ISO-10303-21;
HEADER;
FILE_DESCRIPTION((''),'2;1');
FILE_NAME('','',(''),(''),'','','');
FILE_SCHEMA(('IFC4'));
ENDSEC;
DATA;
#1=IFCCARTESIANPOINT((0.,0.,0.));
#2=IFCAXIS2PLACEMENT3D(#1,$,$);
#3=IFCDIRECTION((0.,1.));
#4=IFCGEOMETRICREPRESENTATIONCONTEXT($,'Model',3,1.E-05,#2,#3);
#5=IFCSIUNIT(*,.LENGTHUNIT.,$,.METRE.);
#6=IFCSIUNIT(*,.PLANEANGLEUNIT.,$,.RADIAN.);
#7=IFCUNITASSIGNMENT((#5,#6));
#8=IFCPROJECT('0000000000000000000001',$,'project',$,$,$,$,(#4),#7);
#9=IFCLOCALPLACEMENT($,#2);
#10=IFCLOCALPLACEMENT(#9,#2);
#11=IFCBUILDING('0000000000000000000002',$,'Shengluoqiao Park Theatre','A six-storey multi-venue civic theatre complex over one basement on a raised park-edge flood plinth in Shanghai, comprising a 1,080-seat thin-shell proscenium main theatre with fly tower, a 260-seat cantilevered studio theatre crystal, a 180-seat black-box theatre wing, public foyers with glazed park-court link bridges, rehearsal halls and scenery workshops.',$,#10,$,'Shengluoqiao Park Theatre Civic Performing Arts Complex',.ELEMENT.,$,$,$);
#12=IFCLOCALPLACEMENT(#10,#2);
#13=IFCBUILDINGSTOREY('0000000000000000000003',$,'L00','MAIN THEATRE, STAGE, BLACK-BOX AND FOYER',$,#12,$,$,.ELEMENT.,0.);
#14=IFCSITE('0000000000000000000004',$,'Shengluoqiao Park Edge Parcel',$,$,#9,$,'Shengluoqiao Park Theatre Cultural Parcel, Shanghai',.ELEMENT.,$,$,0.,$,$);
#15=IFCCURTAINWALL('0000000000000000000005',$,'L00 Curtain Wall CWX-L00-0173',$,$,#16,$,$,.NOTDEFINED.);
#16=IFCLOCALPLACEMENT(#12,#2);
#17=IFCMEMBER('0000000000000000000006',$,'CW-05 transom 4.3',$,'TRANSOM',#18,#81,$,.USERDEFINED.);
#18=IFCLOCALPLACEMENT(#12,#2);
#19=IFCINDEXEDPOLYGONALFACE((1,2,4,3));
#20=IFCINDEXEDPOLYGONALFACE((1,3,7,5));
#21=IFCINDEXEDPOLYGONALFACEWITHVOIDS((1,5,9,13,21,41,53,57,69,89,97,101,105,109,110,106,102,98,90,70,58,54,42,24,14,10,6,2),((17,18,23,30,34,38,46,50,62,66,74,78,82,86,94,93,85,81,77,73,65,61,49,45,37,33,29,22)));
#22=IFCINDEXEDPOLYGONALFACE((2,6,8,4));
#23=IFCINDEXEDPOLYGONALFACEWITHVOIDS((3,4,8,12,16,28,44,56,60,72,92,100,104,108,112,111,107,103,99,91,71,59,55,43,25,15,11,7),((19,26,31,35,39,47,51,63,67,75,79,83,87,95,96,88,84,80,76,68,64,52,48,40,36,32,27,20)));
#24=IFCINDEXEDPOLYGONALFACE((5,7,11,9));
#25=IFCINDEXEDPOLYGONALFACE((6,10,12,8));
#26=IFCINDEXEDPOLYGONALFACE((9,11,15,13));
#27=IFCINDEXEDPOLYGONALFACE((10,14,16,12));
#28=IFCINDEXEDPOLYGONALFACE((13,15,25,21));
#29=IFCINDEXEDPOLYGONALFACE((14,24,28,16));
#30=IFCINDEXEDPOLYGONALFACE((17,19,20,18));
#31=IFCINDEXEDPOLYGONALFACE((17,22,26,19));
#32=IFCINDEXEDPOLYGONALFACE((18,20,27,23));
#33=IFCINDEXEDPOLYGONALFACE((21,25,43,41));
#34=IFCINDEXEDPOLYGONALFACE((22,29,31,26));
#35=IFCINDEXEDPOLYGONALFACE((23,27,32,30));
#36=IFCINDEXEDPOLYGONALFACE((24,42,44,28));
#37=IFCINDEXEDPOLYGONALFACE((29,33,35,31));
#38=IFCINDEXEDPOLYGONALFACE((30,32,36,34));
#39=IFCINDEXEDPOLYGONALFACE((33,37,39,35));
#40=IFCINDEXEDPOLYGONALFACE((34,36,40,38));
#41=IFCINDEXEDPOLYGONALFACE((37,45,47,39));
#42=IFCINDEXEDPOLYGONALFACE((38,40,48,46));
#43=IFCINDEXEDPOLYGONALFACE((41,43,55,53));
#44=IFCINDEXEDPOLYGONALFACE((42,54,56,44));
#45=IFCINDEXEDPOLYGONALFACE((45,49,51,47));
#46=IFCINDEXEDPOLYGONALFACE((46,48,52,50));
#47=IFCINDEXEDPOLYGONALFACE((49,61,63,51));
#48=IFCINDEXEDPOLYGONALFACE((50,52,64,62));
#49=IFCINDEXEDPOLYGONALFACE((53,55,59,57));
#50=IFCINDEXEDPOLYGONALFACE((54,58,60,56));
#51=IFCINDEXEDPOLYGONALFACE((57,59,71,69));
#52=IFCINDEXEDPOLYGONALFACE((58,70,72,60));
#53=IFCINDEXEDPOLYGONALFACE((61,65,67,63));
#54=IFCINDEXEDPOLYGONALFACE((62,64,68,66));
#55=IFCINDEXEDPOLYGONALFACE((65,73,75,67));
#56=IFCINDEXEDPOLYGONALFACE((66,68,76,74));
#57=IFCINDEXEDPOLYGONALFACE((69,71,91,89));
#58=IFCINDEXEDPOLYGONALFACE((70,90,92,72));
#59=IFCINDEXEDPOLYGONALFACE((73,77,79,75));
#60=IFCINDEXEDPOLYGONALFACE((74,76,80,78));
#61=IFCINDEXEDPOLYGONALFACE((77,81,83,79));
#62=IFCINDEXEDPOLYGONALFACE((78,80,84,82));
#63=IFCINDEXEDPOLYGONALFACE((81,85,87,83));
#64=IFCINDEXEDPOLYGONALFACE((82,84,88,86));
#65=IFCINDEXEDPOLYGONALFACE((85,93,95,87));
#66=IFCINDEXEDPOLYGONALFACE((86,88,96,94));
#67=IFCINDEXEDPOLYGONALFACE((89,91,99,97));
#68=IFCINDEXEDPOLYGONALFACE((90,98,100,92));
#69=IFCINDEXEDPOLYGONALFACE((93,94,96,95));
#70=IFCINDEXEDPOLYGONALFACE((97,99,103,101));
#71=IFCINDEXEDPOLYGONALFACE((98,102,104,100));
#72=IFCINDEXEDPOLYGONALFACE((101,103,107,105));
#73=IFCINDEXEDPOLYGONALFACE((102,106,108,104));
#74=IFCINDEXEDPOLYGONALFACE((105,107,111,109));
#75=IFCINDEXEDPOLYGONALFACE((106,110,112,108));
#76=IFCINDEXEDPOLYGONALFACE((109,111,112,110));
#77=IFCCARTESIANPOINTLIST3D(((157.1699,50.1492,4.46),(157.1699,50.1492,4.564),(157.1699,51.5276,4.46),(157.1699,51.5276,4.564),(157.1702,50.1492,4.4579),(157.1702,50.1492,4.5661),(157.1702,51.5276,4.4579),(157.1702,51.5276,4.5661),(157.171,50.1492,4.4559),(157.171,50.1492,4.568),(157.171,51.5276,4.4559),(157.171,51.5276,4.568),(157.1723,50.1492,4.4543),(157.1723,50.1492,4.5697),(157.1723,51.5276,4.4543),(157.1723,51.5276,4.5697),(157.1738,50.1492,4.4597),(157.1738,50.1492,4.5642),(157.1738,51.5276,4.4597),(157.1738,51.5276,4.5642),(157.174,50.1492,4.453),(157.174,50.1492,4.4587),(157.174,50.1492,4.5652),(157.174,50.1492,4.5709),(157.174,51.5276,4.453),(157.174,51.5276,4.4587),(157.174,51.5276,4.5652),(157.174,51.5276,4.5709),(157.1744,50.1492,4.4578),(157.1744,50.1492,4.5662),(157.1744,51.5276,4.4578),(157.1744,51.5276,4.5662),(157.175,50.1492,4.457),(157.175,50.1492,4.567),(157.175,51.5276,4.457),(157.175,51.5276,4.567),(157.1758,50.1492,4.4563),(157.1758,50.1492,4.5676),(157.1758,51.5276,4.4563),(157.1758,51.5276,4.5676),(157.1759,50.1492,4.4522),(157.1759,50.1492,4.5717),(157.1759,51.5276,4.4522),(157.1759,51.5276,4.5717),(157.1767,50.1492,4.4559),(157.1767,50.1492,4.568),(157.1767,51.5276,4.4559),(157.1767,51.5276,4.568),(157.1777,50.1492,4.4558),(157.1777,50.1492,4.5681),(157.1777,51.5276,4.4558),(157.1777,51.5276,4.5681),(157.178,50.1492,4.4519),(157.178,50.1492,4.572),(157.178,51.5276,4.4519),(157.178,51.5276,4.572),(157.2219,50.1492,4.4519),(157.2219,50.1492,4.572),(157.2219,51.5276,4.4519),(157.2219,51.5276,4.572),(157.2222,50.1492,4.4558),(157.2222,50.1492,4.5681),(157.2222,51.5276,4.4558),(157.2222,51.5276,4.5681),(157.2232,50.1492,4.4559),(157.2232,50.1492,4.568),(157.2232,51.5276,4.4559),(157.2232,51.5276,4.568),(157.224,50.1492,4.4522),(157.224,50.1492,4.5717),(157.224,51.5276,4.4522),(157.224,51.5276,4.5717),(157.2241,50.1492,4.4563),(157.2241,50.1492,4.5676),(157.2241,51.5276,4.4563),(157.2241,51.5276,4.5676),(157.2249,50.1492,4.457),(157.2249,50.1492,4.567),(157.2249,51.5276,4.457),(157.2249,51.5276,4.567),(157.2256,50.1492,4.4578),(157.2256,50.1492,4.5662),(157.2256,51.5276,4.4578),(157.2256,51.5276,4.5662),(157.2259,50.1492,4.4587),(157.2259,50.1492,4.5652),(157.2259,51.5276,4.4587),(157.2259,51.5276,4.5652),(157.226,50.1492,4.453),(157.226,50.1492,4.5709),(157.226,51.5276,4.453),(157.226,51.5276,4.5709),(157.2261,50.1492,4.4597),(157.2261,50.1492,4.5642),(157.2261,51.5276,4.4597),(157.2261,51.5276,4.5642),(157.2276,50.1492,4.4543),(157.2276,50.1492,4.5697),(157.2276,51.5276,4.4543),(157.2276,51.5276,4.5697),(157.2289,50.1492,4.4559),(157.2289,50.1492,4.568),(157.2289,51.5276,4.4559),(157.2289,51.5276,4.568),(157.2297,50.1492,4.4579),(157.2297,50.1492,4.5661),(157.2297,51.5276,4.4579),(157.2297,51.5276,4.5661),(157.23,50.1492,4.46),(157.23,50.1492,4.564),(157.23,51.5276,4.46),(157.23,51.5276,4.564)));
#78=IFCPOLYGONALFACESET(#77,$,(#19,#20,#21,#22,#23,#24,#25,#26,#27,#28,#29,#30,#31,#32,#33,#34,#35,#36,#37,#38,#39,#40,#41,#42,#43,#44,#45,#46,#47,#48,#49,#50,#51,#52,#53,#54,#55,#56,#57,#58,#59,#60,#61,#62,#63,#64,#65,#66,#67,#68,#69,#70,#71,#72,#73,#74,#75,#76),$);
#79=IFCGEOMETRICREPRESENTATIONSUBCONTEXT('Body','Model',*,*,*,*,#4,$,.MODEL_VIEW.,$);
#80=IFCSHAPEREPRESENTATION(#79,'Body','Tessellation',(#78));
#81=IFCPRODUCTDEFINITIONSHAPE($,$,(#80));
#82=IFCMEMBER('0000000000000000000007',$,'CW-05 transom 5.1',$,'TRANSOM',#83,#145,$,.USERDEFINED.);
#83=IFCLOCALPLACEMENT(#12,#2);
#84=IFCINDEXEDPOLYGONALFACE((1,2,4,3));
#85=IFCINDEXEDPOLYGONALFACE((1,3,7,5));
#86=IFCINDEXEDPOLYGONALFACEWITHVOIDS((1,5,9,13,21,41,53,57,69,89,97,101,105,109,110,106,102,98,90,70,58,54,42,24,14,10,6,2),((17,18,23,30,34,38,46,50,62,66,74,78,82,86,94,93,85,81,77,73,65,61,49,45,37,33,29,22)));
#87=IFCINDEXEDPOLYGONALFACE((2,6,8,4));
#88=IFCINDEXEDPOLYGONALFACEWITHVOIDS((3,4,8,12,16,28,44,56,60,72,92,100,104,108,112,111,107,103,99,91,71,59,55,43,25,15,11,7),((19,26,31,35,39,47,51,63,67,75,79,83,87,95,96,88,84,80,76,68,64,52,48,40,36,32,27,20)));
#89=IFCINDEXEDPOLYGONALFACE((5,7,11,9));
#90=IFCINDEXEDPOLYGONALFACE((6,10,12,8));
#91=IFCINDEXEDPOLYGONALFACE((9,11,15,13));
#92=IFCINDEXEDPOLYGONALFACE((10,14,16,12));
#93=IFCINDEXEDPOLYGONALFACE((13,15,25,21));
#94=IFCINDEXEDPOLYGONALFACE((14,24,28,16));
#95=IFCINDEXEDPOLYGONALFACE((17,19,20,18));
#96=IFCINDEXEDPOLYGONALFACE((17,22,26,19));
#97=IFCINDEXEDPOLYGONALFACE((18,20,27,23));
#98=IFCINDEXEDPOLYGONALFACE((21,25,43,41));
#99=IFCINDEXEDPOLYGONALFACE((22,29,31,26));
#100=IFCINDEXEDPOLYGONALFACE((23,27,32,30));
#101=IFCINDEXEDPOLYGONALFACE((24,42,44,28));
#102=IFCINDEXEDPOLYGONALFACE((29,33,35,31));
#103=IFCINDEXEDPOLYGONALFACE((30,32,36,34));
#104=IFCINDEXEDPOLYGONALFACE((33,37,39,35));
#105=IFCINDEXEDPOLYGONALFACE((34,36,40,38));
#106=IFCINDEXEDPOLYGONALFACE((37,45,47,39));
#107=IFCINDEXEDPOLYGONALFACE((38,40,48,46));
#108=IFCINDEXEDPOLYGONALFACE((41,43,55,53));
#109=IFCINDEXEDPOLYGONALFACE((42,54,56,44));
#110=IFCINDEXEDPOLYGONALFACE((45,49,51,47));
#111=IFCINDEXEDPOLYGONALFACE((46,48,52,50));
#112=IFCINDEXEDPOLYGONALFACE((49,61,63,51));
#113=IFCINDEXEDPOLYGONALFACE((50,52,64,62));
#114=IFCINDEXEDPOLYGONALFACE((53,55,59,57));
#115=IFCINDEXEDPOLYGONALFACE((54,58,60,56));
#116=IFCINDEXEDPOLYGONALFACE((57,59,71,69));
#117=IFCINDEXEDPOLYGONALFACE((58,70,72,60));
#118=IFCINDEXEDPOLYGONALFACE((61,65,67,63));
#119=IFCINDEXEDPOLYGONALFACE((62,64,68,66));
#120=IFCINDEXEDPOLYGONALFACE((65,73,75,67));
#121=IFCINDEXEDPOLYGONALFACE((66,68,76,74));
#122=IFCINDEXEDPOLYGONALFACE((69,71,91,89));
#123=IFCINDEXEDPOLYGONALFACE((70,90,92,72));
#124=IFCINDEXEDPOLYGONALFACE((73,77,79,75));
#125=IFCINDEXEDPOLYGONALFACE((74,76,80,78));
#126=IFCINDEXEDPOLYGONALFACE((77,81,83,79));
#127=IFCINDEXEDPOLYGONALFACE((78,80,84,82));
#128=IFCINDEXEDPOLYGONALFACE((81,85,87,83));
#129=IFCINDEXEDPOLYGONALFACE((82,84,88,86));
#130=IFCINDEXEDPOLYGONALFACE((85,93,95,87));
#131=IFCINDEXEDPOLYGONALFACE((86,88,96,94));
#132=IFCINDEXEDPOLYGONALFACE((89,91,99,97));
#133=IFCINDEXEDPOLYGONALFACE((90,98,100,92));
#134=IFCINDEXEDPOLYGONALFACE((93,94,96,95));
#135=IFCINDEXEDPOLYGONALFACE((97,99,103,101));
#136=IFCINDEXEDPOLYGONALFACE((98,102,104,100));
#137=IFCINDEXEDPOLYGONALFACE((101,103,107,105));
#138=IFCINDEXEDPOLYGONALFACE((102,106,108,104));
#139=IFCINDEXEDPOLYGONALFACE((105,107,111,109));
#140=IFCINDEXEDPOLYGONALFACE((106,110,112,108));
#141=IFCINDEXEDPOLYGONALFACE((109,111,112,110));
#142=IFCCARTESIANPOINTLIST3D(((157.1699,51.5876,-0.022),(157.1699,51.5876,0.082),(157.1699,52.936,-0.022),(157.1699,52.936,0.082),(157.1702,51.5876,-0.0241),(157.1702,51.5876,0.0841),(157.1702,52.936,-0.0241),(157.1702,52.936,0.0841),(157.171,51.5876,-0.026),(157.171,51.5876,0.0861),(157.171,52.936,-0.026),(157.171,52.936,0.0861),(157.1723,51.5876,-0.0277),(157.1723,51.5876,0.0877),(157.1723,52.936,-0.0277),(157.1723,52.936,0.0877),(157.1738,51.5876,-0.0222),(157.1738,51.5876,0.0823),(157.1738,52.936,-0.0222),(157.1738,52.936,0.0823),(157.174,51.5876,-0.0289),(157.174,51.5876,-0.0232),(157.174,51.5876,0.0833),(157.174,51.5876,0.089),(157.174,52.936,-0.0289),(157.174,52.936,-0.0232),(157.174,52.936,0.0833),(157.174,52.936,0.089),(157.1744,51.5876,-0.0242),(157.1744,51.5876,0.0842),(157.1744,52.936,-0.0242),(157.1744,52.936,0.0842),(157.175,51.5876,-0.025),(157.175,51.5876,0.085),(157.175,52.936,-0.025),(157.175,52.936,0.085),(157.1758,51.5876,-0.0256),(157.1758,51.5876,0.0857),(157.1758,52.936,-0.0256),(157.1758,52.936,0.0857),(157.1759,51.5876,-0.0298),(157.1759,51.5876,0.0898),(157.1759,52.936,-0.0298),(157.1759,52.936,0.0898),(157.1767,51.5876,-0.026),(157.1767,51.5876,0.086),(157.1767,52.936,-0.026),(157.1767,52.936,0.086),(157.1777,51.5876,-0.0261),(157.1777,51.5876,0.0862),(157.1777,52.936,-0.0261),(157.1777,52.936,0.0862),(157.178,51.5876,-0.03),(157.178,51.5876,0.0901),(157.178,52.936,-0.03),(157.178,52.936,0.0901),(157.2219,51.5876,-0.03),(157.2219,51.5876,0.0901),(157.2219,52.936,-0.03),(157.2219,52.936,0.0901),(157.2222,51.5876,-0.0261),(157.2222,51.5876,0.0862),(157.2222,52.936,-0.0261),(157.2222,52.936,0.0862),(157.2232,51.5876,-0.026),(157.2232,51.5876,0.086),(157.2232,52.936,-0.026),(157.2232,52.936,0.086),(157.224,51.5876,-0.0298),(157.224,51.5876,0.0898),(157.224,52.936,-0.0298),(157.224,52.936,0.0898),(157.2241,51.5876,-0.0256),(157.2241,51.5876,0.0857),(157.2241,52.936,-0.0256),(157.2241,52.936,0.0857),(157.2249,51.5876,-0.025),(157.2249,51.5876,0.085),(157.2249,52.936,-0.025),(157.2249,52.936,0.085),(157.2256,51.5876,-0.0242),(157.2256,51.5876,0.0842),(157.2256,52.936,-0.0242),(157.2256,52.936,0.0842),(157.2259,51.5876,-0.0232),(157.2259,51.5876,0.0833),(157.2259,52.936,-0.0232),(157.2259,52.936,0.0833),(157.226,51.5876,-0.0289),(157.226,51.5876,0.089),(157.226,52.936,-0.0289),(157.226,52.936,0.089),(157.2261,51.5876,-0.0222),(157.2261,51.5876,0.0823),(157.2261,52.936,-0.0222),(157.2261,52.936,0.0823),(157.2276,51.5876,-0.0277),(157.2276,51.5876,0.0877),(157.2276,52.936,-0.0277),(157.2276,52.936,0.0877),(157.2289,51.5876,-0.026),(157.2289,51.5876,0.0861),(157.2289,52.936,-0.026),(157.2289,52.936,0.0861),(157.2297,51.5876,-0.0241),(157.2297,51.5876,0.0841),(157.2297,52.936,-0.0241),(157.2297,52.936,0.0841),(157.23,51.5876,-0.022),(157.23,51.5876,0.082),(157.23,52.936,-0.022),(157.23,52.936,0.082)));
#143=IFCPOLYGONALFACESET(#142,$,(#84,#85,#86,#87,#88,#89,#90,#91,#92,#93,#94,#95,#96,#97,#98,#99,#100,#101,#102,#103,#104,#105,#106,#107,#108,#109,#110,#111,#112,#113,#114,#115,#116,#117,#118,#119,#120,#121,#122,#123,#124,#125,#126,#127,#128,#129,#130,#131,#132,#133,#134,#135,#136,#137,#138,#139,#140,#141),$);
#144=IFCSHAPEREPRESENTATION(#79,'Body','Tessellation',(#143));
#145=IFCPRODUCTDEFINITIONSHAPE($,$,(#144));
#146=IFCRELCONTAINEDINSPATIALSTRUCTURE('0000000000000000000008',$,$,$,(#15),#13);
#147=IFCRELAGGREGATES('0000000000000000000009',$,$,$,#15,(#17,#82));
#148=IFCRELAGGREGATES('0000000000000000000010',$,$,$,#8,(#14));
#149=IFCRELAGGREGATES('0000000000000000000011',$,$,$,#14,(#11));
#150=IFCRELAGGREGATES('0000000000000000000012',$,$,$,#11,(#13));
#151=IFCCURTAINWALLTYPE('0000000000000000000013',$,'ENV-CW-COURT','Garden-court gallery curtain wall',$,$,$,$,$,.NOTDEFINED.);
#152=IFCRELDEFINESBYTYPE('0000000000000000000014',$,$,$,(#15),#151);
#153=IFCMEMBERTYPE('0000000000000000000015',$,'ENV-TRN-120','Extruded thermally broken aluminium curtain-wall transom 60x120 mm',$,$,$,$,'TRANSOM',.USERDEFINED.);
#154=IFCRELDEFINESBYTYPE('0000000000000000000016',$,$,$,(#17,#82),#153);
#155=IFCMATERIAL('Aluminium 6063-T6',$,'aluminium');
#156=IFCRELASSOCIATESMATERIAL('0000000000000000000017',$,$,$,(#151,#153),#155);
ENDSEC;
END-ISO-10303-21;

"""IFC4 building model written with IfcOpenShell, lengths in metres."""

from ifc_helpers import new_model, si_unit, direction, frame, origin, origin_2d, place, context, subcontext, project, spatial, hollow_rectangle, extrude, material, material_profile, profile_set, type_object, element, aggregate, save


model = new_model("IFC4")

# Units and contexts
model_context = context("Model", 3, precision=1e-05, world=origin(), true_north=direction((0.0, 1.0)))
body_context = subcontext(model_context, "Body", "Model", "MODEL_VIEW")
ifc_project = project(units=[si_unit("LENGTHUNIT", "METRE"), si_unit("PLANEANGLEUNIT", "RADIAN")], contexts=[model_context])

# Site, building, storey
site_placement = place(None, origin())
site = spatial("IfcSite", under=ifc_project, at=site_placement, Name="Shengluoqiao Park Edge Parcel", LongName="Shengluoqiao Park Theatre Cultural Parcel, Shanghai", CompositionType="ELEMENT", RefElevation=0.0)
building_placement = place(site_placement, origin())
building = spatial("IfcBuilding", under=site, at=building_placement, Name="Shengluoqiao Park Theatre", Description="A six-storey multi-venue civic theatre complex over one basement on a raised park-edge flood plinth in Shanghai, comprising a 1,080-seat thin-shell proscenium main theatre with fly tower, a 260-seat cantilevered studio theatre crystal, a 180-seat black-box theatre wing, public foyers with glazed park-court link bridges, rehearsal halls and scenery workshops.", LongName="Shengluoqiao Park Theatre Civic Performing Arts Complex", CompositionType="ELEMENT")
storey_placement = place(building_placement, origin())
storey = spatial("IfcBuildingStorey", under=building, at=storey_placement, Name="L00", Description="MAIN THEATRE, STAGE, BLACK-BOX AND FOYER", CompositionType="ELEMENT", Elevation=0.0)

# Curtain wall, members
ifc_material_1 = material(Name="Aluminium 6063-T6", Category="aluminium")
curtain_wall_type = type_object("IfcCurtainWallType", Name="ENV-CW-COURT", Description="Garden-court gallery curtain wall", PredefinedType="NOTDEFINED", material=ifc_material_1)
curtain_wall_placement = place(storey_placement, origin())
curtain_wall = element("IfcCurtainWall", 1, at=curtain_wall_placement, inside=storey, type_object=curtain_wall_type, Name="L00 Curtain Wall CWX-L00-0173", PredefinedType="NOTDEFINED")
ifc_material_profile_1 = material_profile(ifc_material_1, hollow_rectangle(XDim=0.0601, YDim=0.1201, WallThickness=0.0039, InnerFilletRadius=0.0039, OuterFilletRadius=0.0081, at=origin_2d()), Name="ALU TRANSOM 120x60x4")
ifc_profile_set_1 = profile_set([ifc_material_profile_1], Name="Aluminium 6063-T6")
member_type_1 = type_object("IfcMemberType", Name="ENV-TRN-120", Description="Extruded thermally broken aluminium curtain-wall transom 60x120 mm", ElementType="TRANSOM", PredefinedType="USERDEFINED", material=ifc_profile_set_1)
member_1_placement = place(storey_placement, frame((157.2, 50.1492, 4.512), z_axis=(0.0, 1.0, 0.0), x_axis=(-1.0, 0.0, 0.0)))
member_1 = element("IfcMember", 2, at=member_1_placement, type_object=member_type_1, Name="CW-05 transom 4.3", ObjectType="TRANSOM", PredefinedType="USERDEFINED", context=body_context, shape_type="SweptSolid", body=[
    extrude(hollow_rectangle(XDim=0.0601, YDim=0.1201, WallThickness=0.0039, InnerFilletRadius=0.0039, OuterFilletRadius=0.0081, at=origin_2d()), origin(), (0.0, 0.0, 1.0), 1.3784),
])
member_2_placement = place(storey_placement, frame((157.2, 51.5876, 0.03), z_axis=(0.0, 1.0, 0.0), x_axis=(-1.0, 0.0, 0.0)))
member_2 = element("IfcMember", 3, at=member_2_placement, type_object=member_type_1, Name="CW-05 transom 5.1", ObjectType="TRANSOM", PredefinedType="USERDEFINED", context=body_context, shape_type="SweptSolid", body=[
    extrude(hollow_rectangle(XDim=0.0601, YDim=0.1201, WallThickness=0.0039, InnerFilletRadius=0.0039, OuterFilletRadius=0.0081, at=origin_2d()), origin(), (0.0, 0.0, 1.0), 1.3484),
])
aggregate(curtain_wall, [member_1, member_2])

save(model, "model.ifc")
